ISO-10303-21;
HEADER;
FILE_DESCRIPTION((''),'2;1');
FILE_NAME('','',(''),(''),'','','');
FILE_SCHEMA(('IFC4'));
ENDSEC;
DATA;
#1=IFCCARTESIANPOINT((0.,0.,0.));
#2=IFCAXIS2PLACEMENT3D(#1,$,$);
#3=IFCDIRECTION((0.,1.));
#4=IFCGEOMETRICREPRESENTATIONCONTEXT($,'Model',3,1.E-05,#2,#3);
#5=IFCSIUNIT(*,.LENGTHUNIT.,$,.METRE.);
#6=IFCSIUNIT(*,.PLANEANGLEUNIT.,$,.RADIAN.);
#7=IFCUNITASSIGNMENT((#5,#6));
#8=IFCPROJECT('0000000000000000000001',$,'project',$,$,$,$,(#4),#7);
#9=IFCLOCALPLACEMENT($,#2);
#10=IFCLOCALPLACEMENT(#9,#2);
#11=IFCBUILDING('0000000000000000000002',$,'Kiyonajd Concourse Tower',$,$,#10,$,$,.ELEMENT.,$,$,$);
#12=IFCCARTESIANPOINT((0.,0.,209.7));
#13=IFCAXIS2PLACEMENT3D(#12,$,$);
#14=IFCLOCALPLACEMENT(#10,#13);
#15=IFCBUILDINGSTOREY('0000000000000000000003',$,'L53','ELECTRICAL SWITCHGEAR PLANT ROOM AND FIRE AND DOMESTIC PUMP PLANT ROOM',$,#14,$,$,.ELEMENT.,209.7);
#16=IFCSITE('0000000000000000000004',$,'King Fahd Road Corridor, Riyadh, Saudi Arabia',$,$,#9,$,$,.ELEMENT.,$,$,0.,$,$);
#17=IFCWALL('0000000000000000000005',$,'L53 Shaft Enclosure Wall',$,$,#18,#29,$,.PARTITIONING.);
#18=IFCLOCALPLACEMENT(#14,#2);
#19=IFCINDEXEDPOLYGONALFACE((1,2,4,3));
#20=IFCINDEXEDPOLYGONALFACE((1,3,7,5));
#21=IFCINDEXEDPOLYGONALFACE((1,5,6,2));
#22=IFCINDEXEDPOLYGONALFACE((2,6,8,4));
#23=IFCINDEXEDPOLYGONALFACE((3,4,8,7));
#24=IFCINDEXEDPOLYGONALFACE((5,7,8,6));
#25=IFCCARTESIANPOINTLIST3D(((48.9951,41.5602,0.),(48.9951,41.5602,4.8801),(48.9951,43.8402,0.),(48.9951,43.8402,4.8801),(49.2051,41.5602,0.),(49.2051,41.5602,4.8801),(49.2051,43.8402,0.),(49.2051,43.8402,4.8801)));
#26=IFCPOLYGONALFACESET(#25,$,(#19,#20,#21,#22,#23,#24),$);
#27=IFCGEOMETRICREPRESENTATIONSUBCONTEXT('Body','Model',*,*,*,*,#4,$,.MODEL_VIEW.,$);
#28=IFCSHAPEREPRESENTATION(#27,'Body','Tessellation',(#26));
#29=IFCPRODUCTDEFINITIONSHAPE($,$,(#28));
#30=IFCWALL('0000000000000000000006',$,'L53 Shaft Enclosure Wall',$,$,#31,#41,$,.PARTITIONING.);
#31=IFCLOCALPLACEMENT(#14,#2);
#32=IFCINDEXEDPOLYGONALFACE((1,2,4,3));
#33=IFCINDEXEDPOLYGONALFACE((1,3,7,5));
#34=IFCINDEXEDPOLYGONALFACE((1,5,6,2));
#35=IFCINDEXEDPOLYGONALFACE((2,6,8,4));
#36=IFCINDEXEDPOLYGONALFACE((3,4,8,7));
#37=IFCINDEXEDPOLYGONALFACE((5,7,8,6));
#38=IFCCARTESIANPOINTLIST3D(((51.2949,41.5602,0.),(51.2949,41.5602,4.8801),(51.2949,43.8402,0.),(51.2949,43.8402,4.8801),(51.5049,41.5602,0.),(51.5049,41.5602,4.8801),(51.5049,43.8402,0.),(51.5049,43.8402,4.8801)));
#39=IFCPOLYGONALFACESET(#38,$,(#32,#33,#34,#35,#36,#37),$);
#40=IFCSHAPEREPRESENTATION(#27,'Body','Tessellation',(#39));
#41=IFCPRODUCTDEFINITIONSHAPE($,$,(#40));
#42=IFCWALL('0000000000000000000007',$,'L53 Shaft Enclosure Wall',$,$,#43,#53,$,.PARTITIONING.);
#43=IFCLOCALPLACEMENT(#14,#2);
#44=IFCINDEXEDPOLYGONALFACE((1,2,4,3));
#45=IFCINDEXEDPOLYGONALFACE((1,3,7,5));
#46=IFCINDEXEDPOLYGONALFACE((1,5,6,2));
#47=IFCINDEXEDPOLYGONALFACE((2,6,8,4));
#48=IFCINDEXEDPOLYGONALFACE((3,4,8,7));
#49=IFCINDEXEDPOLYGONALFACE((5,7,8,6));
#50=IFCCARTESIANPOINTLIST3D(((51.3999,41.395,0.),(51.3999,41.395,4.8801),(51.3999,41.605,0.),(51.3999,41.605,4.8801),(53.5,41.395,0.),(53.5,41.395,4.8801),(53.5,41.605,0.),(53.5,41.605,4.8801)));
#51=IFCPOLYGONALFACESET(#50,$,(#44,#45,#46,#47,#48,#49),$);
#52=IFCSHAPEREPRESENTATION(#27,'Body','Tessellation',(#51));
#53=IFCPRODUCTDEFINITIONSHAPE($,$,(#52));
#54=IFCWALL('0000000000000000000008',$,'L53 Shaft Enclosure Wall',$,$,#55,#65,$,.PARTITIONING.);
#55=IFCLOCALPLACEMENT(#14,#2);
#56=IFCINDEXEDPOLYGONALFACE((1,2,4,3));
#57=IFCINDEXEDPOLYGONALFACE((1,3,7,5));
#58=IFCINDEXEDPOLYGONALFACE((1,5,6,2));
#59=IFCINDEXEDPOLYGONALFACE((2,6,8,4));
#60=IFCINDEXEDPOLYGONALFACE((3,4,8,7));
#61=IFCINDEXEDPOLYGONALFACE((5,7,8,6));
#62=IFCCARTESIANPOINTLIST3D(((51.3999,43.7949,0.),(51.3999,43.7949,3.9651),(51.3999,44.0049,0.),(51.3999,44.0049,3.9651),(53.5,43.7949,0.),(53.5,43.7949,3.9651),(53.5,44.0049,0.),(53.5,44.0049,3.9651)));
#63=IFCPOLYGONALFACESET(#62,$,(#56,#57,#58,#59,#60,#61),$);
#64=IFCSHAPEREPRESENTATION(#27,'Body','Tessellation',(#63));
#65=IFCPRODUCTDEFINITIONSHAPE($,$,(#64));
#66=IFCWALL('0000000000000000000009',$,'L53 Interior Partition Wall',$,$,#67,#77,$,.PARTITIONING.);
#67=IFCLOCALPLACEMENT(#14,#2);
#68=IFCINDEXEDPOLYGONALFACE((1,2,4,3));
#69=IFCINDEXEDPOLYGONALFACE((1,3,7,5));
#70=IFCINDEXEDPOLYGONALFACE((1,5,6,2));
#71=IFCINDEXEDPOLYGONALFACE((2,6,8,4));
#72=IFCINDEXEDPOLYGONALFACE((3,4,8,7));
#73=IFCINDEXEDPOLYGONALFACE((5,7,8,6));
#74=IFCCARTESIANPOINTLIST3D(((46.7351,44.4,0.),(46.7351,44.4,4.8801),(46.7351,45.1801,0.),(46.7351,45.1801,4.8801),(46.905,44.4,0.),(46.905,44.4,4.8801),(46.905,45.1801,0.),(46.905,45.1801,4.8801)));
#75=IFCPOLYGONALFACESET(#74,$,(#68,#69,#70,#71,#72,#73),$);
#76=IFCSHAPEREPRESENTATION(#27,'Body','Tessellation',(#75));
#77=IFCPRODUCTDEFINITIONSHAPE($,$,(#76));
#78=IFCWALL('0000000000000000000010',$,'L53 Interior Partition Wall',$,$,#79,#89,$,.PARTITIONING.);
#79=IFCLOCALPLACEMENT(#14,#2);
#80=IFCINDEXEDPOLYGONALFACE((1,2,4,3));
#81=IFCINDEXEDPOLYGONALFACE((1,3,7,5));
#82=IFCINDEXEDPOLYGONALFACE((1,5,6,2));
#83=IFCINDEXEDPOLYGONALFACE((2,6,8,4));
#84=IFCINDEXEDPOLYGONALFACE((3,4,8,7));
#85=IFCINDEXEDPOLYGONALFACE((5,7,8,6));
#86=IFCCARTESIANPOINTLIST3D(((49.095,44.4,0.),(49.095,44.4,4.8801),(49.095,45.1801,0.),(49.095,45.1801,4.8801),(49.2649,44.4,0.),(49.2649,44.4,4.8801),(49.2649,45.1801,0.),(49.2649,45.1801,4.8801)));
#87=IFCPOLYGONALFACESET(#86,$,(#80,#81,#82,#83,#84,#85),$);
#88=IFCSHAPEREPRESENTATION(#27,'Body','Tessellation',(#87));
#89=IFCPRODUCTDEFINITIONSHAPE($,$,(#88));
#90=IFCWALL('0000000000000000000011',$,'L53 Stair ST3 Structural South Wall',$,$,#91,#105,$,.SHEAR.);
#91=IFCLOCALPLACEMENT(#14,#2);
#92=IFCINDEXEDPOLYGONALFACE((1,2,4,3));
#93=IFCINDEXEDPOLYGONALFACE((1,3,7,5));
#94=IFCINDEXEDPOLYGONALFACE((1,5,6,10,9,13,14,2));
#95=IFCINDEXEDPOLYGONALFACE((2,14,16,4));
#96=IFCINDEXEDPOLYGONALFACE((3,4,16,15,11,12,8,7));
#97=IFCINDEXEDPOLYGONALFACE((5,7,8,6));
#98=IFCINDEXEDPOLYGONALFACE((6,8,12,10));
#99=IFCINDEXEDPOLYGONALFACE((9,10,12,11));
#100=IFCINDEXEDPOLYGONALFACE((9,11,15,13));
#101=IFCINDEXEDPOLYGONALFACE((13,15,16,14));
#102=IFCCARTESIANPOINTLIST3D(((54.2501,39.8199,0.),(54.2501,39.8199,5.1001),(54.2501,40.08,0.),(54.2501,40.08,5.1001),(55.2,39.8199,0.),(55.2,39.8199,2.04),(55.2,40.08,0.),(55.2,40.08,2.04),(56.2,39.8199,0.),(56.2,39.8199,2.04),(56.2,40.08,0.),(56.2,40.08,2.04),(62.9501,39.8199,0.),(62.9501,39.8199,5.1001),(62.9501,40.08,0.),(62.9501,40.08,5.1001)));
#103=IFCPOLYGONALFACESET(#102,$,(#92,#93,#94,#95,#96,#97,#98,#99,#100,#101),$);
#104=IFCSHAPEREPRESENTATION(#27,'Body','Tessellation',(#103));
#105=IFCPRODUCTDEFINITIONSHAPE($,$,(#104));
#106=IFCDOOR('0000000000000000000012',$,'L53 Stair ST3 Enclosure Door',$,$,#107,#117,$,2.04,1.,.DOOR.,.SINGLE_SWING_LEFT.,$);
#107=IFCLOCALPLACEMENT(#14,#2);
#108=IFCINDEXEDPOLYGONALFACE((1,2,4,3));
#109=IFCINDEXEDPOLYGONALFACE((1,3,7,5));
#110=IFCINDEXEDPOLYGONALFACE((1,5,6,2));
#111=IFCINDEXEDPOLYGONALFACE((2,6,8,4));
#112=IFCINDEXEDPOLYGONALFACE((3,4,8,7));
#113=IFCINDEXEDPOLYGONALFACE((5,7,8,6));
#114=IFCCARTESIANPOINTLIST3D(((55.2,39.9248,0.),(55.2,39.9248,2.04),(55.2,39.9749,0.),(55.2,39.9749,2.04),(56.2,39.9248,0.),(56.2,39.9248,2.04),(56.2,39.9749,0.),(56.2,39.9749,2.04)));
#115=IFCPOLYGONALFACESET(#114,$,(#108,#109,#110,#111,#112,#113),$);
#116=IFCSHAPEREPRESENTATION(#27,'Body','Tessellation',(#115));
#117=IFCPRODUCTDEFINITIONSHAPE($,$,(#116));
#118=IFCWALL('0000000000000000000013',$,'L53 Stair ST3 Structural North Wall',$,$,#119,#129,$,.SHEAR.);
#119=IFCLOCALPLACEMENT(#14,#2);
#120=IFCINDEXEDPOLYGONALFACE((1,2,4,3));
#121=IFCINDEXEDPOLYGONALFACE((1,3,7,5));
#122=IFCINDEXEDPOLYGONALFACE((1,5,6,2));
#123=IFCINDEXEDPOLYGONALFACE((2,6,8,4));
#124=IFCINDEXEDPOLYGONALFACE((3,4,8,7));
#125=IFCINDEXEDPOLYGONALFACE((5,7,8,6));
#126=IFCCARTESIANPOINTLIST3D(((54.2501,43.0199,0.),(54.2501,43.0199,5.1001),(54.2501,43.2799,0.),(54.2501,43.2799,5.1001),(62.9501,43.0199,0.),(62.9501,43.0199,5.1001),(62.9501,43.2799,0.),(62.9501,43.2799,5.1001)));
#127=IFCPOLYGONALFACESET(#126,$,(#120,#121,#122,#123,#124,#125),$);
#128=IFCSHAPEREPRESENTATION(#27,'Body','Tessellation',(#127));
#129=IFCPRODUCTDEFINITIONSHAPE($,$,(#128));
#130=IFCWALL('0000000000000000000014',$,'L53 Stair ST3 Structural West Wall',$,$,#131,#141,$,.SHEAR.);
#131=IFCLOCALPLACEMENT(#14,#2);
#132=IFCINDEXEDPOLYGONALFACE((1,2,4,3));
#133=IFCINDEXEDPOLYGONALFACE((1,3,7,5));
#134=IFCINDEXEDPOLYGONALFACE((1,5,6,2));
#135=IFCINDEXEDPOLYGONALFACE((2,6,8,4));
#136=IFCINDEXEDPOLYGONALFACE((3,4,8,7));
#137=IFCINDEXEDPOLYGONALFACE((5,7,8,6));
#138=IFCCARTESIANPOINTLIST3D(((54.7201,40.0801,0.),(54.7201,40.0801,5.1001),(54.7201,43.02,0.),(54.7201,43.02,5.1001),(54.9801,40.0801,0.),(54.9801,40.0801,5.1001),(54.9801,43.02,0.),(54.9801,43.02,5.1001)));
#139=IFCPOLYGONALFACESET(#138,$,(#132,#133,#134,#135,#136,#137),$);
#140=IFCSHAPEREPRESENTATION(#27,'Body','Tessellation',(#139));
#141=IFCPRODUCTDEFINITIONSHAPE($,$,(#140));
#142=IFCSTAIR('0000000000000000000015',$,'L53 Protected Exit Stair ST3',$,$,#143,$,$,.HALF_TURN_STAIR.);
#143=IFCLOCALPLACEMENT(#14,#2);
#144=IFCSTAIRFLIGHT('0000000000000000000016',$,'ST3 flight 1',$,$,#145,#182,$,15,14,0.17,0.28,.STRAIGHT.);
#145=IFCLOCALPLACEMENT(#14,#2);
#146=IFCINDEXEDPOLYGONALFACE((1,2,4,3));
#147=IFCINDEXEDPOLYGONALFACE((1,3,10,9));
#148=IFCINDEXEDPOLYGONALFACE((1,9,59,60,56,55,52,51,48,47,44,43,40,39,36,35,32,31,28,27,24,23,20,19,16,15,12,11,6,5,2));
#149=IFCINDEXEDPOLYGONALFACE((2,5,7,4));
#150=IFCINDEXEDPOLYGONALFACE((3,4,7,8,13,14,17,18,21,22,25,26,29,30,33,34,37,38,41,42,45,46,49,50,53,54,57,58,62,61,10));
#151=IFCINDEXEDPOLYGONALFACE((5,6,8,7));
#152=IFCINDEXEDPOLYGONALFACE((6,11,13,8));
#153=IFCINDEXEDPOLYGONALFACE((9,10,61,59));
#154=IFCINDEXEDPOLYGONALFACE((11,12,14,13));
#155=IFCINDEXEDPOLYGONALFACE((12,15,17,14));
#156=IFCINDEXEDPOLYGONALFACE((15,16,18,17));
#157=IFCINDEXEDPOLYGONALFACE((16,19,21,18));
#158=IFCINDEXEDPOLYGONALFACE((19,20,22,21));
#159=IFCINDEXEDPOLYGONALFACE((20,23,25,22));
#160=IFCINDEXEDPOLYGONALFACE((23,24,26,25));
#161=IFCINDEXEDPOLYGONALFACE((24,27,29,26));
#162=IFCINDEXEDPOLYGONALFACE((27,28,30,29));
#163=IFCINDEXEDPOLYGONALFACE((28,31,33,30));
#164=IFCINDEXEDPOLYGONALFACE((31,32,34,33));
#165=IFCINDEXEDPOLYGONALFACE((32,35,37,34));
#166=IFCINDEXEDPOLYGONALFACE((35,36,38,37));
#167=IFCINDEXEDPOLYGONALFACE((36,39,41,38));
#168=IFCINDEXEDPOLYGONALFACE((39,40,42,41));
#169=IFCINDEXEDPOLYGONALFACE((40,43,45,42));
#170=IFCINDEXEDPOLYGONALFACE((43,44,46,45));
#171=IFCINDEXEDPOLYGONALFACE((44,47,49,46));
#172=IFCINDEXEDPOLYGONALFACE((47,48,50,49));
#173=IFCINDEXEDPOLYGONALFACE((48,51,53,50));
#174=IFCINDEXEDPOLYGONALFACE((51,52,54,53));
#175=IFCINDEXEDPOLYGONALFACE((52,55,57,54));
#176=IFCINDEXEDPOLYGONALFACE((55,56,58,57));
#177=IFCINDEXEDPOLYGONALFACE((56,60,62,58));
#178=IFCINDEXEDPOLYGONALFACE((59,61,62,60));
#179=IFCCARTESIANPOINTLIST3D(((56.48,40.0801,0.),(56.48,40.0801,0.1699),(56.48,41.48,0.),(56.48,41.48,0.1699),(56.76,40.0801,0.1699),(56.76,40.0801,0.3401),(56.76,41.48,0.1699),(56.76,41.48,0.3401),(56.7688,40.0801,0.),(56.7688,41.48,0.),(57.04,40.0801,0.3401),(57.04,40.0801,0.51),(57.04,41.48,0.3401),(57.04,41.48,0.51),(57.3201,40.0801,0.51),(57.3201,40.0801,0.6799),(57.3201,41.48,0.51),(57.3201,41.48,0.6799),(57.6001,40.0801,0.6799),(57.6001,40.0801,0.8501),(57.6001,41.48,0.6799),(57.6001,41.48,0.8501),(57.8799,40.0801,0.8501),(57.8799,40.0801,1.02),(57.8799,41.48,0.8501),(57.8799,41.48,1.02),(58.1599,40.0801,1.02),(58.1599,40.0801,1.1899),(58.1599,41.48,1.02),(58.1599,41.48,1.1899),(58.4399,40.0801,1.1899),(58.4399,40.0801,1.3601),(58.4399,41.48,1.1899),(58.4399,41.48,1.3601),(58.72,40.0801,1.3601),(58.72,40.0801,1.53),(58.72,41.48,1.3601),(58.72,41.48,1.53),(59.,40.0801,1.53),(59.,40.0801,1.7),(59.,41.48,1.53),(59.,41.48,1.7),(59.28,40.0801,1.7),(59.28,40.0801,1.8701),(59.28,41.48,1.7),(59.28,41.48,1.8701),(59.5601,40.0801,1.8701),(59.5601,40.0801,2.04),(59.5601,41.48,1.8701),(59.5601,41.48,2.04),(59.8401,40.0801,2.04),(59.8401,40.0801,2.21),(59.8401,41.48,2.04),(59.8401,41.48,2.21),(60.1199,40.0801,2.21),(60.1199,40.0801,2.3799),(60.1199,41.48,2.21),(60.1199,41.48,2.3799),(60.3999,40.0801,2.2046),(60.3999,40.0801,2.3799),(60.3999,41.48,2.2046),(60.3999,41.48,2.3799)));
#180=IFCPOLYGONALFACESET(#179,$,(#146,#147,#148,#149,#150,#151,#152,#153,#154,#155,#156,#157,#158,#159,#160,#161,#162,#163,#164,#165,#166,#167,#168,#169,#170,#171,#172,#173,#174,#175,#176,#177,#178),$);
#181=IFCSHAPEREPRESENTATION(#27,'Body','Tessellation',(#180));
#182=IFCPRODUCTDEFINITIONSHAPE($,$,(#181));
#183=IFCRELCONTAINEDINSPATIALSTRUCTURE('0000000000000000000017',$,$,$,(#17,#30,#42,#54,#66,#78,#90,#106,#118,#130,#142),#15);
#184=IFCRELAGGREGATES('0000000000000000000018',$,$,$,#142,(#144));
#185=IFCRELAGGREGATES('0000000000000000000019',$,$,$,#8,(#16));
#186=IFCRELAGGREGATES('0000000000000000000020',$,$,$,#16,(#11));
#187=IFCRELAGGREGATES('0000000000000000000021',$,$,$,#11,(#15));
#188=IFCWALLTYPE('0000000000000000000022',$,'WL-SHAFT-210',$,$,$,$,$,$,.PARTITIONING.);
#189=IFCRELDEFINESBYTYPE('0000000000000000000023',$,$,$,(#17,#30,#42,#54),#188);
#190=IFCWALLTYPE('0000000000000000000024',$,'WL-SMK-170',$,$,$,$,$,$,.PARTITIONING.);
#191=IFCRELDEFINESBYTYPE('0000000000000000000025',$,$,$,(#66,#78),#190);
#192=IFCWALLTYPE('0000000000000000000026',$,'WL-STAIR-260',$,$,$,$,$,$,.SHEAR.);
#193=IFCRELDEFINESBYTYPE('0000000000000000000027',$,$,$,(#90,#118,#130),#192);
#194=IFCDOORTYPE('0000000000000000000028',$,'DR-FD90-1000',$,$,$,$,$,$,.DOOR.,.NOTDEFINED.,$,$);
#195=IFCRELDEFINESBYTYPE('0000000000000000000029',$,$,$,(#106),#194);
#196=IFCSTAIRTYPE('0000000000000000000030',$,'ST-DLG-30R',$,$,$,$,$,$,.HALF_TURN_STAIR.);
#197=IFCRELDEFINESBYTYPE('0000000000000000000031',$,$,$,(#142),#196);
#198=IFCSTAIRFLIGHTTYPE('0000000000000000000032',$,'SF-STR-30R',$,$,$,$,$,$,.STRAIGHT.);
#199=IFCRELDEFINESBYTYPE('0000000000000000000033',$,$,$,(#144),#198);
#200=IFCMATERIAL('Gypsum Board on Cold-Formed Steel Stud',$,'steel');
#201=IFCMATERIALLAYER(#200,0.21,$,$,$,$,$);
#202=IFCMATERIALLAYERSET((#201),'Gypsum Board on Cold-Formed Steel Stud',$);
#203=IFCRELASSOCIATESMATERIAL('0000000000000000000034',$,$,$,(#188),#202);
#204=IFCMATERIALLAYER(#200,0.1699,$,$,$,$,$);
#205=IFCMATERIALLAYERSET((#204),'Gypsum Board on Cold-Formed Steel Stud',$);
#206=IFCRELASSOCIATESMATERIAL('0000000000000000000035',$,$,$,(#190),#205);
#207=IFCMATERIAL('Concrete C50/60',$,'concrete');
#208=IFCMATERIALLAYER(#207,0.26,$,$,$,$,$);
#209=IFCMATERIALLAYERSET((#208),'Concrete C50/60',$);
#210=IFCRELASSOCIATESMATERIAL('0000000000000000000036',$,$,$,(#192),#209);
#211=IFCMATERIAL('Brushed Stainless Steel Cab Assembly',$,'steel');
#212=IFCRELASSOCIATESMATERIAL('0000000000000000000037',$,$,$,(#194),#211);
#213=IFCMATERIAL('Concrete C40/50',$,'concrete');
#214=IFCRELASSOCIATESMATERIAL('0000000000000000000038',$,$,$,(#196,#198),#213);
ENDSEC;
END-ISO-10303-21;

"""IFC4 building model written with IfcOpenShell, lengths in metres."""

from ifc_helpers import new_model, si_unit, direction, frame, frame_2d, origin, place, context, subcontext, project, spatial, polyline, rectangle, outline, extrude, material, layer, layer_set, type_object, element, fill, aggregate, save


model = new_model("IFC4")

# Units and contexts
model_context = context("Model", 3, precision=1e-05, world=origin(), true_north=direction((0.0, 1.0)))
body_context = subcontext(model_context, "Body", "Model", "MODEL_VIEW")
ifc_project = project(units=[si_unit("LENGTHUNIT", "METRE"), si_unit("PLANEANGLEUNIT", "RADIAN")], contexts=[model_context])

# Site, building, storey
site_placement = place(None, origin())
site = spatial("IfcSite", under=ifc_project, at=site_placement, Name="King Fahd Road Corridor, Riyadh, Saudi Arabia", CompositionType="ELEMENT", RefElevation=0.0)
building_placement = place(site_placement, origin())
building = spatial("IfcBuilding", under=site, at=building_placement, Name="Kiyonajd Concourse Tower", CompositionType="ELEMENT")
storey_placement = place(building_placement, frame((0.0, 0.0, 209.7)))
storey = spatial("IfcBuildingStorey", under=building, at=storey_placement, Name="L53", Description="ELECTRICAL SWITCHGEAR PLANT ROOM AND FIRE AND DOMESTIC PUMP PLANT ROOM", CompositionType="ELEMENT", Elevation=209.7)

# Shared definitions
ifc_material_1 = material(Name="Concrete C50/60", Category="concrete")

# Walls
ifc_material_2 = material(Name="Gypsum Board on Cold-Formed Steel Stud", Category="steel")
ifc_layer_1 = layer(ifc_material_2, 0.21)
ifc_layer_set_1 = layer_set([ifc_layer_1], Name="Gypsum Board on Cold-Formed Steel Stud")
wall_type_1 = type_object("IfcWallType", Name="WL-SHAFT-210", PredefinedType="PARTITIONING", material=ifc_layer_set_1)
for number, where, z_axis, x_axis, name in (
    (1, (49.1001, 41.5601, 0.0), (0.0, 0.0, 1.0), (0.0, 1.0, 0.0), "L53 Shaft Enclosure Wall"),
    (2, (51.3999, 41.5601, 0.0), (0.0, 0.0, 1.0), (0.0, 1.0, 0.0), "L53 Shaft Enclosure Wall"),
):
    element("IfcWall", number, at=place(storey_placement, frame(where, z_axis=z_axis, x_axis=x_axis)), inside=storey, type_object=wall_type_1, Name=name, PredefinedType="PARTITIONING", context=body_context, shape_type="SweptSolid", body=[
        extrude(rectangle(XDim=2.28, YDim=0.21, at=frame_2d((1.1401, 0.0))), origin(), (0.0, 0.0, 1.0), 4.8801),
    ])
wall_1_placement = place(storey_placement, frame((51.3999, 41.5, 0.0), z_axis=(0.0, 0.0, 1.0), x_axis=(1.0, 0.0, 0.0)))
element("IfcWall", 3, at=wall_1_placement, inside=storey, type_object=wall_type_1, Name="L53 Shaft Enclosure Wall", PredefinedType="PARTITIONING", context=body_context, shape_type="SweptSolid", body=[
    extrude(rectangle(XDim=2.1001, YDim=0.21, at=frame_2d((1.05, 0.0))), origin(), (0.0, 0.0, 1.0), 4.8801),
])
wall_2_placement = place(storey_placement, frame((51.3999, 43.8999, 0.0), z_axis=(0.0, 0.0, 1.0), x_axis=(1.0, 0.0, 0.0)))
element("IfcWall", 4, at=wall_2_placement, inside=storey, type_object=wall_type_1, Name="L53 Shaft Enclosure Wall", PredefinedType="PARTITIONING", context=body_context, shape_type="SweptSolid", body=[
    extrude(rectangle(XDim=2.1001, YDim=0.21, at=frame_2d((1.05, 0.0))), origin(), (0.0, 0.0, 1.0), 3.9651),
])
ifc_layer_2 = layer(ifc_material_2, 0.1699)
ifc_layer_set_2 = layer_set([ifc_layer_2], Name="Gypsum Board on Cold-Formed Steel Stud")
wall_type_2 = type_object("IfcWallType", Name="WL-SMK-170", PredefinedType="PARTITIONING", material=ifc_layer_set_2)
for number, where, z_axis, x_axis, name in (
    (5, (46.8201, 44.3999, 0.0), (0.0, 0.0, 1.0), (0.0, 1.0, 0.0), "L53 Interior Partition Wall"),
    (6, (49.1799, 44.3999, 0.0), (0.0, 0.0, 1.0), (0.0, 1.0, 0.0), "L53 Interior Partition Wall"),
):
    element("IfcWall", number, at=place(storey_placement, frame(where, z_axis=z_axis, x_axis=x_axis)), inside=storey, type_object=wall_type_2, Name=name, PredefinedType="PARTITIONING", context=body_context, shape_type="SweptSolid", body=[
        extrude(rectangle(XDim=0.78, YDim=0.1699, at=frame_2d((0.3901, 0.0))), origin(), (0.0, 0.0, 1.0), 4.8801),
    ])

# Wall, opening, door
ifc_layer_3 = layer(ifc_material_1, 0.26)
ifc_layer_set_3 = layer_set([ifc_layer_3], Name="Concrete C50/60")
wall_type_3 = type_object("IfcWallType", Name="WL-STAIR-260", PredefinedType="SHEAR", material=ifc_layer_set_3)
wall_3_placement = place(storey_placement, frame((54.25, 39.95, 0.0), z_axis=(0.0, 0.0, 1.0), x_axis=(1.0, 0.0, 0.0)))
wall_3 = element("IfcWall", 7, at=wall_3_placement, inside=storey, type_object=wall_type_3, Name="L53 Stair ST3 Structural South Wall", PredefinedType="SHEAR", context=body_context, shape_type="SweptSolid", body=[
    extrude(rectangle(XDim=8.7, YDim=0.26, at=frame_2d((4.3501, 0.0))), origin(), (0.0, 0.0, 1.0), 5.1001),
])
opening_placement = place(wall_3_placement, frame((0.95, 0.0, 0.0)))
opening = element("IfcOpeningElement", 8, at=opening_placement, cuts=wall_3, PredefinedType="OPENING", context=body_context, shape_type="SweptSolid", body=[
    extrude(rectangle(XDim=1.0, YDim=2.04, at=frame_2d((0.5, 1.02))), frame((0.0, 0.1399, 0.0), z_axis=(0.0, -1.0, 0.0), x_axis=(1.0, 0.0, 0.0)), (0.0, 0.0, 1.0), 0.28),
])
ifc_material_3 = material(Name="Brushed Stainless Steel Cab Assembly", Category="steel")
door_type = type_object("IfcDoorType", Name="DR-FD90-1000", OperationType="NOTDEFINED", PredefinedType="DOOR", material=ifc_material_3)
door_placement = place(opening_placement, origin())
door = element("IfcDoor", 9, at=door_placement, inside=storey, type_object=door_type, Name="L53 Stair ST3 Enclosure Door", OperationType="SINGLE_SWING_LEFT", OverallHeight=2.04, OverallWidth=1.0, PredefinedType="DOOR", context=body_context, shape_type="SweptSolid", body=[
    extrude(rectangle(XDim=1.0, YDim=2.04, at=frame_2d((0.5, 1.02))), frame((0.0, 0.0249, 0.0), z_axis=(0.0, -1.0, 0.0), x_axis=(1.0, 0.0, 0.0)), (0.0, 0.0, 1.0), 0.05),
])
fill(opening, door)

# Walls
wall_4_placement = place(storey_placement, frame((54.25, 43.1499, 0.0), z_axis=(0.0, 0.0, 1.0), x_axis=(1.0, 0.0, 0.0)))
element("IfcWall", 10, at=wall_4_placement, inside=storey, type_object=wall_type_3, Name="L53 Stair ST3 Structural North Wall", PredefinedType="SHEAR", context=body_context, shape_type="SweptSolid", body=[
    extrude(rectangle(XDim=8.7, YDim=0.26, at=frame_2d((4.3501, 0.0))), origin(), (0.0, 0.0, 1.0), 5.1001),
])
wall_5_placement = place(storey_placement, frame((54.8501, 40.0801, 0.0), z_axis=(0.0, 0.0, 1.0), x_axis=(0.0, 1.0, 0.0)))
element("IfcWall", 11, at=wall_5_placement, inside=storey, type_object=wall_type_3, Name="L53 Stair ST3 Structural West Wall", PredefinedType="SHEAR", context=body_context, shape_type="SweptSolid", body=[
    extrude(rectangle(XDim=2.9399, YDim=0.26, at=frame_2d((1.47, 0.0))), origin(), (0.0, 0.0, 1.0), 5.1001),
])

# Stair, stair flight
ifc_material_4 = material(Name="Concrete C40/50", Category="concrete")
stair_type = type_object("IfcStairType", Name="ST-DLG-30R", PredefinedType="HALF_TURN_STAIR", material=ifc_material_4)
stair_placement = place(storey_placement, origin())
stair = element("IfcStair", 12, at=stair_placement, inside=storey, type_object=stair_type, Name="L53 Protected Exit Stair ST3", PredefinedType="HALF_TURN_STAIR")
stair_flight_type = type_object("IfcStairFlightType", Name="SF-STR-30R", PredefinedType="STRAIGHT", material=ifc_material_4)
stair_flight_placement = place(storey_placement, frame((56.48, 40.78, 0.0), z_axis=(0.0, 0.0, 1.0), x_axis=(1.0, 0.0, 0.0)))
stair_flight = element("IfcStairFlight", 13, at=stair_flight_placement, type_object=stair_flight_type, Name="ST3 flight 1", NumberOfRisers=15, NumberOfTreads=14, PredefinedType="STRAIGHT", RiserHeight=0.17, TreadLength=0.28, context=body_context, shape_type="SweptSolid", body=[
    extrude(outline(polyline([(0.0, 0.0), (0.0, 0.1699), (0.28, 0.1699), (0.28, 0.3401), (0.5601, 0.3401), (0.5601, 0.51), (0.8401, 0.51), (0.8401, 0.6799), (1.1201, 0.6799), (1.1201, 0.8501), (1.3999, 0.8501), (1.3999, 1.02), (1.6799, 1.02), (1.6799, 1.1899), (1.96, 1.1899), (1.96, 1.3601), (2.24, 1.3601), (2.24, 1.53), (2.52, 1.53), (2.52, 1.7), (2.8, 1.7), (2.8, 1.8701), (3.0801, 1.8701), (3.0801, 2.04), (3.3601, 2.04), (3.3601, 2.21), (3.6399, 2.21), (3.6399, 2.3799), (3.9199, 2.3799), (3.9199, 2.55), (3.9199, 2.2046), (0.2888, 0.0), (0.0, 0.0)])), frame((0.0, 0.7, 0.0), z_axis=(0.0, -1.0, 0.0), x_axis=(1.0, 0.0, 0.0)), (0.0, 0.0, 1.0), 1.3999),
])
aggregate(stair, [stair_flight])

save(model, "model.ifc")
